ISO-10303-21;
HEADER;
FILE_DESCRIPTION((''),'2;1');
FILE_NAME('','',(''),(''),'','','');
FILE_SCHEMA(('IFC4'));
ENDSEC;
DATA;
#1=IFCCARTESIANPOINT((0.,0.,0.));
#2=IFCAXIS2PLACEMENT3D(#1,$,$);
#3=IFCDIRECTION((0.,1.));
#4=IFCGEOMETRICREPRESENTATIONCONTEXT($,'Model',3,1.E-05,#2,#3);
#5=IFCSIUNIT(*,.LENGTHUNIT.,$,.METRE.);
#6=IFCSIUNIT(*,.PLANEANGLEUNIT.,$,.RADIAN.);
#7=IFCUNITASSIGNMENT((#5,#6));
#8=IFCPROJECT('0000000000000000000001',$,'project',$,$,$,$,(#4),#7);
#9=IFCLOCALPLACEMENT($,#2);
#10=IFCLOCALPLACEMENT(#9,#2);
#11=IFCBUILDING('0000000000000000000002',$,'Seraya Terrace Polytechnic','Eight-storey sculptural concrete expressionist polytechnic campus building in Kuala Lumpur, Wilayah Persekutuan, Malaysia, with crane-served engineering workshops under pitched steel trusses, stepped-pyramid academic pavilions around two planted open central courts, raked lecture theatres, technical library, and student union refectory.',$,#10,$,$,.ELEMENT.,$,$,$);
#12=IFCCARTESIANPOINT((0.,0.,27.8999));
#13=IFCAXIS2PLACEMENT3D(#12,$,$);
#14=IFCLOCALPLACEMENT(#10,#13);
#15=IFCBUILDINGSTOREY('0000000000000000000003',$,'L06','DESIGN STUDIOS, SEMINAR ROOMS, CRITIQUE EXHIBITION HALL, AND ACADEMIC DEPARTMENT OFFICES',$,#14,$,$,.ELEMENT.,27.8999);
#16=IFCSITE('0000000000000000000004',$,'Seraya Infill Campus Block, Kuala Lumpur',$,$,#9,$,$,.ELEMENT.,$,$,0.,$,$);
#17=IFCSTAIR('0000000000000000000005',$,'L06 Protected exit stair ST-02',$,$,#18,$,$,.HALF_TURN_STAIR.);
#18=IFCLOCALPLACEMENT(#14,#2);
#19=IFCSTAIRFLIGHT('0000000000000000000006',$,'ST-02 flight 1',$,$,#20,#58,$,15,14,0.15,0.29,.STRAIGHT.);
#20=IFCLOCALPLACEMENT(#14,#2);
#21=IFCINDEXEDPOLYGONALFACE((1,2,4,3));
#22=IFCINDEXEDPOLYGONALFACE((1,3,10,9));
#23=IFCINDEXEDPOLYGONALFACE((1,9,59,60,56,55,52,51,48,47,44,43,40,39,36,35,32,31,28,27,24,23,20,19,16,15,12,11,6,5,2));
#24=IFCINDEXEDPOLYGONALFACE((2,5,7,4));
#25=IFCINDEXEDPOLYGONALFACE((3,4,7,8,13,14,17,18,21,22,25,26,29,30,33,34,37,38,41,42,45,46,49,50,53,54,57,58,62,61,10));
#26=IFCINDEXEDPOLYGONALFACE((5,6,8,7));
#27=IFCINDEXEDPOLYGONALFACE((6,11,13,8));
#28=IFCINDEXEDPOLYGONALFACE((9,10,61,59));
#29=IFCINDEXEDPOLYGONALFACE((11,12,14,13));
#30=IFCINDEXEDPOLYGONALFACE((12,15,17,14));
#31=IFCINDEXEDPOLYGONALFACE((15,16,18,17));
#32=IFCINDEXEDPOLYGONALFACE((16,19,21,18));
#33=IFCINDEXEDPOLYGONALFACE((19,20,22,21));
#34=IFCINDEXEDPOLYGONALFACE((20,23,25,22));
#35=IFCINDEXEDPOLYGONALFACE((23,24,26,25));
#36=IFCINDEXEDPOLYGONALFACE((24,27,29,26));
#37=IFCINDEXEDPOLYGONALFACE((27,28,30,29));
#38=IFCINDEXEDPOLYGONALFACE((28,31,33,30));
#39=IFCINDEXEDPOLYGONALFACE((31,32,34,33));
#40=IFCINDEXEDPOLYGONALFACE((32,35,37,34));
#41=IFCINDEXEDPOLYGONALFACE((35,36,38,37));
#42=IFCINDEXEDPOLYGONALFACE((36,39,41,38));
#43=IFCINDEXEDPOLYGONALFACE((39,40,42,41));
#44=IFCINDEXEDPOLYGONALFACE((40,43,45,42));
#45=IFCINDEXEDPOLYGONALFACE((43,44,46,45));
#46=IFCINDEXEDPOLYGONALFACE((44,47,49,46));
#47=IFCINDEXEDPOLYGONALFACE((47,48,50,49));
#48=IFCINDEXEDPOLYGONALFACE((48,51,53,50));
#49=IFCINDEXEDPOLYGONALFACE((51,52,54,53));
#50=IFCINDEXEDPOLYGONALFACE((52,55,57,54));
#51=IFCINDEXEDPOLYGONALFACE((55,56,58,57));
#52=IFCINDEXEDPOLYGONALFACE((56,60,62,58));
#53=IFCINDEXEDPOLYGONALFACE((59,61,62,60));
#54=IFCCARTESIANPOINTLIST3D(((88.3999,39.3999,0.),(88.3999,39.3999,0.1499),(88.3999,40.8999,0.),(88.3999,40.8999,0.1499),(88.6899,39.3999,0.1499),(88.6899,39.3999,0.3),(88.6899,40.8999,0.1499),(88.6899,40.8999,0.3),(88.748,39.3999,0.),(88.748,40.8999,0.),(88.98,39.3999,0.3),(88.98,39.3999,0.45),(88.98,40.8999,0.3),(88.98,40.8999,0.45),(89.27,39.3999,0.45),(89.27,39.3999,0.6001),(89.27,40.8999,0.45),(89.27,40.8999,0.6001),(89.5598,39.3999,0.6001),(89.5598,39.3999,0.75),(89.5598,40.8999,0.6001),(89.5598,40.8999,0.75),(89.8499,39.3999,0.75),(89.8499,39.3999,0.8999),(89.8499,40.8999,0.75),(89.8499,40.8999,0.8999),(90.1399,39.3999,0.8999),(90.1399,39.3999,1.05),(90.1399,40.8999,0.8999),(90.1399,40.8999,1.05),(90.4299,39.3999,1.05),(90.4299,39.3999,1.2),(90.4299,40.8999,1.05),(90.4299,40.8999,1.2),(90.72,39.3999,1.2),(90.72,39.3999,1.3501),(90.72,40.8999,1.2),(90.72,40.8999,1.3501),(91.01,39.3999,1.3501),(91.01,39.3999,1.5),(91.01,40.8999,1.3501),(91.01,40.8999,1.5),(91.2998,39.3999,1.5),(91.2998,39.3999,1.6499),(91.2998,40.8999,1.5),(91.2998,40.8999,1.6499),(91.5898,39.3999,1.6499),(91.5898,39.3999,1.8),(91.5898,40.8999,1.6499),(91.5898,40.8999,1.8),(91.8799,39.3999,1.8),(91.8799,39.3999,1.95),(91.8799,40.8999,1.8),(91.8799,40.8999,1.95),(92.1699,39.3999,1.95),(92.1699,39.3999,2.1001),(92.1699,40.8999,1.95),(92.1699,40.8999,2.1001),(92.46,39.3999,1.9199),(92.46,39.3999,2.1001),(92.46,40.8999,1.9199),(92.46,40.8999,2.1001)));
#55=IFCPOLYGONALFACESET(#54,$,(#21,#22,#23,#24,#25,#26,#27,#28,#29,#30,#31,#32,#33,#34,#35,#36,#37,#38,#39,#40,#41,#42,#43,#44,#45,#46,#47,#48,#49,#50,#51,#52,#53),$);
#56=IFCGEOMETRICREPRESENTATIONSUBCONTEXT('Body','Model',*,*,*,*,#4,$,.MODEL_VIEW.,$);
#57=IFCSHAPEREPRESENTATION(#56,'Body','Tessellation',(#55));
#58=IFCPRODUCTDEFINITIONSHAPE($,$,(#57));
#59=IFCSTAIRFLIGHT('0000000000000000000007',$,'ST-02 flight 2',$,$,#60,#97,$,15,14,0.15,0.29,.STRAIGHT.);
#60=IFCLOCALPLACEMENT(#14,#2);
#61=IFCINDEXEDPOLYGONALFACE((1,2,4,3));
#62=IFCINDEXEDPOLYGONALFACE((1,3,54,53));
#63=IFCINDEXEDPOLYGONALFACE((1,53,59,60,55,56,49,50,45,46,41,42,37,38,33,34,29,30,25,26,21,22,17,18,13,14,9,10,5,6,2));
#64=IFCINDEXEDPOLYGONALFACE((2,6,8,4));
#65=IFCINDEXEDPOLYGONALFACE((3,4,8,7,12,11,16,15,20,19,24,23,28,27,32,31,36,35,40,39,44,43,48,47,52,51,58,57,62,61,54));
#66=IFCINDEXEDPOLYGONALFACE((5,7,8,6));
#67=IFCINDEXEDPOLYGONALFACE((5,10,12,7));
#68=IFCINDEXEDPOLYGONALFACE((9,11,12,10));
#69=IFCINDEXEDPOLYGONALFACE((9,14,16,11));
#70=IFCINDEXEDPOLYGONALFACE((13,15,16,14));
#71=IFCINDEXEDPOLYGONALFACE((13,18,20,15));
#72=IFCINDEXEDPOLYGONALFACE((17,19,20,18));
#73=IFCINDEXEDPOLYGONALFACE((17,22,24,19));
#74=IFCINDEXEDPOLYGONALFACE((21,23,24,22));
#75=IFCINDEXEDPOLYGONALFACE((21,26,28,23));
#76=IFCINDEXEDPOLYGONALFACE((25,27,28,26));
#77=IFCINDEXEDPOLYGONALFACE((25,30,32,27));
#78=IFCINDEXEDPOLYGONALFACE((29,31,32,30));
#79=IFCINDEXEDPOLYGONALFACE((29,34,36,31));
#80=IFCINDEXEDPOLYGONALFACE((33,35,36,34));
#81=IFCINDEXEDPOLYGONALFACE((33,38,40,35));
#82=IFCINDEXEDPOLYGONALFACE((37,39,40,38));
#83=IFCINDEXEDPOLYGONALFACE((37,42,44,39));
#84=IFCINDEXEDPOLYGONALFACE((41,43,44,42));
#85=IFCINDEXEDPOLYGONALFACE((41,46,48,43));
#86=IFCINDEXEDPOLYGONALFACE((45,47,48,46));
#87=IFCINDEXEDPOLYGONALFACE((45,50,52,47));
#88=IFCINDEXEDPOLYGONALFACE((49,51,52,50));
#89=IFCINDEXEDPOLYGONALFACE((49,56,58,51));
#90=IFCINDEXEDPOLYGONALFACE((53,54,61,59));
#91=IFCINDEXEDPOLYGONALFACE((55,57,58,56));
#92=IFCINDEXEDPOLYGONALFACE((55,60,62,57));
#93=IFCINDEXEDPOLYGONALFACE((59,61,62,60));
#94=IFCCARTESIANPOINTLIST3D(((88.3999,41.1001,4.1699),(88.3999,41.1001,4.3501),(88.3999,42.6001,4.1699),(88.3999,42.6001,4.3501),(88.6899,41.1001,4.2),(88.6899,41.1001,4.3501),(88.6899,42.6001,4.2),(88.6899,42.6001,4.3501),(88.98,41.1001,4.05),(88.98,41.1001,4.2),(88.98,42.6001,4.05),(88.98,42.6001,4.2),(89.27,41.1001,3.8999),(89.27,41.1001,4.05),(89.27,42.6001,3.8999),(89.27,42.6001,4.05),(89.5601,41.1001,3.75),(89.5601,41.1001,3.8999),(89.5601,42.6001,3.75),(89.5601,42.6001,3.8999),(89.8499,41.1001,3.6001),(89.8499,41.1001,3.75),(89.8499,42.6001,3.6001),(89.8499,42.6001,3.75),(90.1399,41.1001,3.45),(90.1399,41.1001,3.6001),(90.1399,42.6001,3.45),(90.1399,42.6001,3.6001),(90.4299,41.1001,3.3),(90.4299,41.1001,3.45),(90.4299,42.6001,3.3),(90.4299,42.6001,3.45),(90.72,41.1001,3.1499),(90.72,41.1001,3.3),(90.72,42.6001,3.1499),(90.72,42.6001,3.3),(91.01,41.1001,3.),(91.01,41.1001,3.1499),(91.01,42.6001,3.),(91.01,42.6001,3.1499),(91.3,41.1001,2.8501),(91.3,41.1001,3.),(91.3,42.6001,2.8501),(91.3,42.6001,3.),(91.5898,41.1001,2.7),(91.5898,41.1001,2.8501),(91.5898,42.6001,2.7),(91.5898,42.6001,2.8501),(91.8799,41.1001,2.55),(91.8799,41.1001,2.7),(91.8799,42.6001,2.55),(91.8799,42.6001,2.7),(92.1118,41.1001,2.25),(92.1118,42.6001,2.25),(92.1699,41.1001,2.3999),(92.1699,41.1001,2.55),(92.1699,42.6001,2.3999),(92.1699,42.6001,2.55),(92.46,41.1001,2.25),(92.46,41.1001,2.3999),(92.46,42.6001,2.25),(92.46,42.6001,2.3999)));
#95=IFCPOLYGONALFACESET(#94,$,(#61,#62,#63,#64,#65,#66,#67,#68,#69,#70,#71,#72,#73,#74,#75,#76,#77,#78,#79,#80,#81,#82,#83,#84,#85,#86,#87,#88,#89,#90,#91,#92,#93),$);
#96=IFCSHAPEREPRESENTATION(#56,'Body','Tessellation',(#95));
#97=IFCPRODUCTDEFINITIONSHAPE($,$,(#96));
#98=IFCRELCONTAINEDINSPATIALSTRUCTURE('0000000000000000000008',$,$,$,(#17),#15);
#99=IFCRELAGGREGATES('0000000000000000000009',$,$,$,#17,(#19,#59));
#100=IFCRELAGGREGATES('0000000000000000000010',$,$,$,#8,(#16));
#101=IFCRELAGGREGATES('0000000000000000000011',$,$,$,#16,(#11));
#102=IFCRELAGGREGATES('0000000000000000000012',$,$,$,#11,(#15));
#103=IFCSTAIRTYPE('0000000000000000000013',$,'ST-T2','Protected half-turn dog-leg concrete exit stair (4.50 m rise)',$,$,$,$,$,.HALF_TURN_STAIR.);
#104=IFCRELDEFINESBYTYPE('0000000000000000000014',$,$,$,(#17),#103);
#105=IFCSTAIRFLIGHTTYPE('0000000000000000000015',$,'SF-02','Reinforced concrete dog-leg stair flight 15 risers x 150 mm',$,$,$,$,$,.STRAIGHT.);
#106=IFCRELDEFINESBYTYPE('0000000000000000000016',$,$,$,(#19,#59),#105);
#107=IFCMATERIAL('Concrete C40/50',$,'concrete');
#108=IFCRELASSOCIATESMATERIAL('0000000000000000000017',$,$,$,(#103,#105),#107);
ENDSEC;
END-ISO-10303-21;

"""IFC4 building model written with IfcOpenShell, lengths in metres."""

from ifc_helpers import new_model, si_unit, direction, frame, origin, place, context, subcontext, project, spatial, polyline, outline, extrude, material, type_object, element, aggregate, save


model = new_model("IFC4")

# Units and contexts
model_context = context("Model", 3, precision=1e-05, world=origin(), true_north=direction((0.0, 1.0)))
body_context = subcontext(model_context, "Body", "Model", "MODEL_VIEW")
ifc_project = project(units=[si_unit("LENGTHUNIT", "METRE"), si_unit("PLANEANGLEUNIT", "RADIAN")], contexts=[model_context])

# Site, building, storey
site_placement = place(None, origin())
site = spatial("IfcSite", under=ifc_project, at=site_placement, Name="Seraya Infill Campus Block, Kuala Lumpur", CompositionType="ELEMENT", RefElevation=0.0)
building_placement = place(site_placement, origin())
building = spatial("IfcBuilding", under=site, at=building_placement, Name="Seraya Terrace Polytechnic", Description="Eight-storey sculptural concrete expressionist polytechnic campus building in Kuala Lumpur, Wilayah Persekutuan, Malaysia, with crane-served engineering workshops under pitched steel trusses, stepped-pyramid academic pavilions around two planted open central courts, raked lecture theatres, technical library, and student union refectory.", CompositionType="ELEMENT")
storey_placement = place(building_placement, frame((0.0, 0.0, 27.8999)))
storey = spatial("IfcBuildingStorey", under=building, at=storey_placement, Name="L06", Description="DESIGN STUDIOS, SEMINAR ROOMS, CRITIQUE EXHIBITION HALL, AND ACADEMIC DEPARTMENT OFFICES", CompositionType="ELEMENT", Elevation=27.8999)

# Shared definitions
ifc_material_1 = material(Name="Concrete C40/50", Category="concrete")

# Stair, stair flights
stair_type = type_object("IfcStairType", Name="ST-T2", Description="Protected half-turn dog-leg concrete exit stair (4.50 m rise)", PredefinedType="HALF_TURN_STAIR", material=ifc_material_1)
stair_placement = place(storey_placement, origin())
stair = element("IfcStair", 1, at=stair_placement, inside=storey, type_object=stair_type, Name="L06 Protected exit stair ST-02", PredefinedType="HALF_TURN_STAIR")
stair_flight_type = type_object("IfcStairFlightType", Name="SF-02", Description="Reinforced concrete dog-leg stair flight 15 risers x 150 mm", PredefinedType="STRAIGHT", material=ifc_material_1)
stair_flight_1_placement = place(storey_placement, frame((88.3999, 40.1499, 0.0), z_axis=(0.0, 0.0, 1.0), x_axis=(1.0, 0.0, 0.0)))
stair_flight_1 = element("IfcStairFlight", 2, at=stair_flight_1_placement, type_object=stair_flight_type, Name="ST-02 flight 1", NumberOfRisers=15, NumberOfTreads=14, PredefinedType="STRAIGHT", RiserHeight=0.15, TreadLength=0.29, context=body_context, shape_type="SweptSolid", body=[
    extrude(outline(polyline([(0.0, 0.0), (0.0, 0.1499), (0.29, 0.1499), (0.29, 0.3), (0.5801, 0.3), (0.5801, 0.45), (0.8701, 0.45), (0.8701, 0.6001), (1.1599, 0.6001), (1.1599, 0.75), (1.45, 0.75), (1.45, 0.8999), (1.74, 0.8999), (1.74, 1.05), (2.03, 1.05), (2.03, 1.2), (2.3201, 1.2), (2.3201, 1.3501), (2.6101, 1.3501), (2.6101, 1.5), (2.8999, 1.5), (2.8999, 1.6499), (3.1899, 1.6499), (3.1899, 1.8), (3.48, 1.8), (3.48, 1.95), (3.77, 1.95), (3.77, 2.1001), (4.0601, 2.1001), (4.0601, 2.25), (4.0601, 1.9199), (0.3481, 0.0), (0.0, 0.0)])), frame((0.0, 0.75, 0.0), z_axis=(0.0, -1.0, 0.0), x_axis=(1.0, 0.0, 0.0)), (0.0, 0.0, 1.0), 1.5),
])
stair_flight_2_placement = place(storey_placement, frame((92.46, 41.8501, 2.25), z_axis=(0.0, 0.0, 1.0), x_axis=(-1.0, 0.0, 0.0)))
stair_flight_2 = element("IfcStairFlight", 3, at=stair_flight_2_placement, type_object=stair_flight_type, Name="ST-02 flight 2", NumberOfRisers=15, NumberOfTreads=14, PredefinedType="STRAIGHT", RiserHeight=0.15, TreadLength=0.29, context=body_context, shape_type="SweptSolid", body=[
    extrude(outline(polyline([(0.0, 0.0), (0.0, 0.1499), (0.29, 0.1499), (0.29, 0.3), (0.5801, 0.3), (0.5801, 0.45), (0.8701, 0.45), (0.8701, 0.6001), (1.1599, 0.6001), (1.1599, 0.75), (1.45, 0.75), (1.45, 0.8999), (1.74, 0.8999), (1.74, 1.05), (2.03, 1.05), (2.03, 1.2), (2.3201, 1.2), (2.3201, 1.3501), (2.6101, 1.3501), (2.6101, 1.5), (2.8999, 1.5), (2.8999, 1.6499), (3.1899, 1.6499), (3.1899, 1.8), (3.48, 1.8), (3.48, 1.95), (3.77, 1.95), (3.77, 2.1001), (4.0601, 2.1001), (4.0601, 2.25), (4.0601, 1.9199), (0.3481, 0.0), (0.0, 0.0)])), frame((0.0, 0.75, 0.0), z_axis=(0.0, -1.0, 0.0), x_axis=(1.0, 0.0, 0.0)), (0.0, 0.0, 1.0), 1.5),
])
aggregate(stair, [stair_flight_1, stair_flight_2])

save(model, "model.ifc")
